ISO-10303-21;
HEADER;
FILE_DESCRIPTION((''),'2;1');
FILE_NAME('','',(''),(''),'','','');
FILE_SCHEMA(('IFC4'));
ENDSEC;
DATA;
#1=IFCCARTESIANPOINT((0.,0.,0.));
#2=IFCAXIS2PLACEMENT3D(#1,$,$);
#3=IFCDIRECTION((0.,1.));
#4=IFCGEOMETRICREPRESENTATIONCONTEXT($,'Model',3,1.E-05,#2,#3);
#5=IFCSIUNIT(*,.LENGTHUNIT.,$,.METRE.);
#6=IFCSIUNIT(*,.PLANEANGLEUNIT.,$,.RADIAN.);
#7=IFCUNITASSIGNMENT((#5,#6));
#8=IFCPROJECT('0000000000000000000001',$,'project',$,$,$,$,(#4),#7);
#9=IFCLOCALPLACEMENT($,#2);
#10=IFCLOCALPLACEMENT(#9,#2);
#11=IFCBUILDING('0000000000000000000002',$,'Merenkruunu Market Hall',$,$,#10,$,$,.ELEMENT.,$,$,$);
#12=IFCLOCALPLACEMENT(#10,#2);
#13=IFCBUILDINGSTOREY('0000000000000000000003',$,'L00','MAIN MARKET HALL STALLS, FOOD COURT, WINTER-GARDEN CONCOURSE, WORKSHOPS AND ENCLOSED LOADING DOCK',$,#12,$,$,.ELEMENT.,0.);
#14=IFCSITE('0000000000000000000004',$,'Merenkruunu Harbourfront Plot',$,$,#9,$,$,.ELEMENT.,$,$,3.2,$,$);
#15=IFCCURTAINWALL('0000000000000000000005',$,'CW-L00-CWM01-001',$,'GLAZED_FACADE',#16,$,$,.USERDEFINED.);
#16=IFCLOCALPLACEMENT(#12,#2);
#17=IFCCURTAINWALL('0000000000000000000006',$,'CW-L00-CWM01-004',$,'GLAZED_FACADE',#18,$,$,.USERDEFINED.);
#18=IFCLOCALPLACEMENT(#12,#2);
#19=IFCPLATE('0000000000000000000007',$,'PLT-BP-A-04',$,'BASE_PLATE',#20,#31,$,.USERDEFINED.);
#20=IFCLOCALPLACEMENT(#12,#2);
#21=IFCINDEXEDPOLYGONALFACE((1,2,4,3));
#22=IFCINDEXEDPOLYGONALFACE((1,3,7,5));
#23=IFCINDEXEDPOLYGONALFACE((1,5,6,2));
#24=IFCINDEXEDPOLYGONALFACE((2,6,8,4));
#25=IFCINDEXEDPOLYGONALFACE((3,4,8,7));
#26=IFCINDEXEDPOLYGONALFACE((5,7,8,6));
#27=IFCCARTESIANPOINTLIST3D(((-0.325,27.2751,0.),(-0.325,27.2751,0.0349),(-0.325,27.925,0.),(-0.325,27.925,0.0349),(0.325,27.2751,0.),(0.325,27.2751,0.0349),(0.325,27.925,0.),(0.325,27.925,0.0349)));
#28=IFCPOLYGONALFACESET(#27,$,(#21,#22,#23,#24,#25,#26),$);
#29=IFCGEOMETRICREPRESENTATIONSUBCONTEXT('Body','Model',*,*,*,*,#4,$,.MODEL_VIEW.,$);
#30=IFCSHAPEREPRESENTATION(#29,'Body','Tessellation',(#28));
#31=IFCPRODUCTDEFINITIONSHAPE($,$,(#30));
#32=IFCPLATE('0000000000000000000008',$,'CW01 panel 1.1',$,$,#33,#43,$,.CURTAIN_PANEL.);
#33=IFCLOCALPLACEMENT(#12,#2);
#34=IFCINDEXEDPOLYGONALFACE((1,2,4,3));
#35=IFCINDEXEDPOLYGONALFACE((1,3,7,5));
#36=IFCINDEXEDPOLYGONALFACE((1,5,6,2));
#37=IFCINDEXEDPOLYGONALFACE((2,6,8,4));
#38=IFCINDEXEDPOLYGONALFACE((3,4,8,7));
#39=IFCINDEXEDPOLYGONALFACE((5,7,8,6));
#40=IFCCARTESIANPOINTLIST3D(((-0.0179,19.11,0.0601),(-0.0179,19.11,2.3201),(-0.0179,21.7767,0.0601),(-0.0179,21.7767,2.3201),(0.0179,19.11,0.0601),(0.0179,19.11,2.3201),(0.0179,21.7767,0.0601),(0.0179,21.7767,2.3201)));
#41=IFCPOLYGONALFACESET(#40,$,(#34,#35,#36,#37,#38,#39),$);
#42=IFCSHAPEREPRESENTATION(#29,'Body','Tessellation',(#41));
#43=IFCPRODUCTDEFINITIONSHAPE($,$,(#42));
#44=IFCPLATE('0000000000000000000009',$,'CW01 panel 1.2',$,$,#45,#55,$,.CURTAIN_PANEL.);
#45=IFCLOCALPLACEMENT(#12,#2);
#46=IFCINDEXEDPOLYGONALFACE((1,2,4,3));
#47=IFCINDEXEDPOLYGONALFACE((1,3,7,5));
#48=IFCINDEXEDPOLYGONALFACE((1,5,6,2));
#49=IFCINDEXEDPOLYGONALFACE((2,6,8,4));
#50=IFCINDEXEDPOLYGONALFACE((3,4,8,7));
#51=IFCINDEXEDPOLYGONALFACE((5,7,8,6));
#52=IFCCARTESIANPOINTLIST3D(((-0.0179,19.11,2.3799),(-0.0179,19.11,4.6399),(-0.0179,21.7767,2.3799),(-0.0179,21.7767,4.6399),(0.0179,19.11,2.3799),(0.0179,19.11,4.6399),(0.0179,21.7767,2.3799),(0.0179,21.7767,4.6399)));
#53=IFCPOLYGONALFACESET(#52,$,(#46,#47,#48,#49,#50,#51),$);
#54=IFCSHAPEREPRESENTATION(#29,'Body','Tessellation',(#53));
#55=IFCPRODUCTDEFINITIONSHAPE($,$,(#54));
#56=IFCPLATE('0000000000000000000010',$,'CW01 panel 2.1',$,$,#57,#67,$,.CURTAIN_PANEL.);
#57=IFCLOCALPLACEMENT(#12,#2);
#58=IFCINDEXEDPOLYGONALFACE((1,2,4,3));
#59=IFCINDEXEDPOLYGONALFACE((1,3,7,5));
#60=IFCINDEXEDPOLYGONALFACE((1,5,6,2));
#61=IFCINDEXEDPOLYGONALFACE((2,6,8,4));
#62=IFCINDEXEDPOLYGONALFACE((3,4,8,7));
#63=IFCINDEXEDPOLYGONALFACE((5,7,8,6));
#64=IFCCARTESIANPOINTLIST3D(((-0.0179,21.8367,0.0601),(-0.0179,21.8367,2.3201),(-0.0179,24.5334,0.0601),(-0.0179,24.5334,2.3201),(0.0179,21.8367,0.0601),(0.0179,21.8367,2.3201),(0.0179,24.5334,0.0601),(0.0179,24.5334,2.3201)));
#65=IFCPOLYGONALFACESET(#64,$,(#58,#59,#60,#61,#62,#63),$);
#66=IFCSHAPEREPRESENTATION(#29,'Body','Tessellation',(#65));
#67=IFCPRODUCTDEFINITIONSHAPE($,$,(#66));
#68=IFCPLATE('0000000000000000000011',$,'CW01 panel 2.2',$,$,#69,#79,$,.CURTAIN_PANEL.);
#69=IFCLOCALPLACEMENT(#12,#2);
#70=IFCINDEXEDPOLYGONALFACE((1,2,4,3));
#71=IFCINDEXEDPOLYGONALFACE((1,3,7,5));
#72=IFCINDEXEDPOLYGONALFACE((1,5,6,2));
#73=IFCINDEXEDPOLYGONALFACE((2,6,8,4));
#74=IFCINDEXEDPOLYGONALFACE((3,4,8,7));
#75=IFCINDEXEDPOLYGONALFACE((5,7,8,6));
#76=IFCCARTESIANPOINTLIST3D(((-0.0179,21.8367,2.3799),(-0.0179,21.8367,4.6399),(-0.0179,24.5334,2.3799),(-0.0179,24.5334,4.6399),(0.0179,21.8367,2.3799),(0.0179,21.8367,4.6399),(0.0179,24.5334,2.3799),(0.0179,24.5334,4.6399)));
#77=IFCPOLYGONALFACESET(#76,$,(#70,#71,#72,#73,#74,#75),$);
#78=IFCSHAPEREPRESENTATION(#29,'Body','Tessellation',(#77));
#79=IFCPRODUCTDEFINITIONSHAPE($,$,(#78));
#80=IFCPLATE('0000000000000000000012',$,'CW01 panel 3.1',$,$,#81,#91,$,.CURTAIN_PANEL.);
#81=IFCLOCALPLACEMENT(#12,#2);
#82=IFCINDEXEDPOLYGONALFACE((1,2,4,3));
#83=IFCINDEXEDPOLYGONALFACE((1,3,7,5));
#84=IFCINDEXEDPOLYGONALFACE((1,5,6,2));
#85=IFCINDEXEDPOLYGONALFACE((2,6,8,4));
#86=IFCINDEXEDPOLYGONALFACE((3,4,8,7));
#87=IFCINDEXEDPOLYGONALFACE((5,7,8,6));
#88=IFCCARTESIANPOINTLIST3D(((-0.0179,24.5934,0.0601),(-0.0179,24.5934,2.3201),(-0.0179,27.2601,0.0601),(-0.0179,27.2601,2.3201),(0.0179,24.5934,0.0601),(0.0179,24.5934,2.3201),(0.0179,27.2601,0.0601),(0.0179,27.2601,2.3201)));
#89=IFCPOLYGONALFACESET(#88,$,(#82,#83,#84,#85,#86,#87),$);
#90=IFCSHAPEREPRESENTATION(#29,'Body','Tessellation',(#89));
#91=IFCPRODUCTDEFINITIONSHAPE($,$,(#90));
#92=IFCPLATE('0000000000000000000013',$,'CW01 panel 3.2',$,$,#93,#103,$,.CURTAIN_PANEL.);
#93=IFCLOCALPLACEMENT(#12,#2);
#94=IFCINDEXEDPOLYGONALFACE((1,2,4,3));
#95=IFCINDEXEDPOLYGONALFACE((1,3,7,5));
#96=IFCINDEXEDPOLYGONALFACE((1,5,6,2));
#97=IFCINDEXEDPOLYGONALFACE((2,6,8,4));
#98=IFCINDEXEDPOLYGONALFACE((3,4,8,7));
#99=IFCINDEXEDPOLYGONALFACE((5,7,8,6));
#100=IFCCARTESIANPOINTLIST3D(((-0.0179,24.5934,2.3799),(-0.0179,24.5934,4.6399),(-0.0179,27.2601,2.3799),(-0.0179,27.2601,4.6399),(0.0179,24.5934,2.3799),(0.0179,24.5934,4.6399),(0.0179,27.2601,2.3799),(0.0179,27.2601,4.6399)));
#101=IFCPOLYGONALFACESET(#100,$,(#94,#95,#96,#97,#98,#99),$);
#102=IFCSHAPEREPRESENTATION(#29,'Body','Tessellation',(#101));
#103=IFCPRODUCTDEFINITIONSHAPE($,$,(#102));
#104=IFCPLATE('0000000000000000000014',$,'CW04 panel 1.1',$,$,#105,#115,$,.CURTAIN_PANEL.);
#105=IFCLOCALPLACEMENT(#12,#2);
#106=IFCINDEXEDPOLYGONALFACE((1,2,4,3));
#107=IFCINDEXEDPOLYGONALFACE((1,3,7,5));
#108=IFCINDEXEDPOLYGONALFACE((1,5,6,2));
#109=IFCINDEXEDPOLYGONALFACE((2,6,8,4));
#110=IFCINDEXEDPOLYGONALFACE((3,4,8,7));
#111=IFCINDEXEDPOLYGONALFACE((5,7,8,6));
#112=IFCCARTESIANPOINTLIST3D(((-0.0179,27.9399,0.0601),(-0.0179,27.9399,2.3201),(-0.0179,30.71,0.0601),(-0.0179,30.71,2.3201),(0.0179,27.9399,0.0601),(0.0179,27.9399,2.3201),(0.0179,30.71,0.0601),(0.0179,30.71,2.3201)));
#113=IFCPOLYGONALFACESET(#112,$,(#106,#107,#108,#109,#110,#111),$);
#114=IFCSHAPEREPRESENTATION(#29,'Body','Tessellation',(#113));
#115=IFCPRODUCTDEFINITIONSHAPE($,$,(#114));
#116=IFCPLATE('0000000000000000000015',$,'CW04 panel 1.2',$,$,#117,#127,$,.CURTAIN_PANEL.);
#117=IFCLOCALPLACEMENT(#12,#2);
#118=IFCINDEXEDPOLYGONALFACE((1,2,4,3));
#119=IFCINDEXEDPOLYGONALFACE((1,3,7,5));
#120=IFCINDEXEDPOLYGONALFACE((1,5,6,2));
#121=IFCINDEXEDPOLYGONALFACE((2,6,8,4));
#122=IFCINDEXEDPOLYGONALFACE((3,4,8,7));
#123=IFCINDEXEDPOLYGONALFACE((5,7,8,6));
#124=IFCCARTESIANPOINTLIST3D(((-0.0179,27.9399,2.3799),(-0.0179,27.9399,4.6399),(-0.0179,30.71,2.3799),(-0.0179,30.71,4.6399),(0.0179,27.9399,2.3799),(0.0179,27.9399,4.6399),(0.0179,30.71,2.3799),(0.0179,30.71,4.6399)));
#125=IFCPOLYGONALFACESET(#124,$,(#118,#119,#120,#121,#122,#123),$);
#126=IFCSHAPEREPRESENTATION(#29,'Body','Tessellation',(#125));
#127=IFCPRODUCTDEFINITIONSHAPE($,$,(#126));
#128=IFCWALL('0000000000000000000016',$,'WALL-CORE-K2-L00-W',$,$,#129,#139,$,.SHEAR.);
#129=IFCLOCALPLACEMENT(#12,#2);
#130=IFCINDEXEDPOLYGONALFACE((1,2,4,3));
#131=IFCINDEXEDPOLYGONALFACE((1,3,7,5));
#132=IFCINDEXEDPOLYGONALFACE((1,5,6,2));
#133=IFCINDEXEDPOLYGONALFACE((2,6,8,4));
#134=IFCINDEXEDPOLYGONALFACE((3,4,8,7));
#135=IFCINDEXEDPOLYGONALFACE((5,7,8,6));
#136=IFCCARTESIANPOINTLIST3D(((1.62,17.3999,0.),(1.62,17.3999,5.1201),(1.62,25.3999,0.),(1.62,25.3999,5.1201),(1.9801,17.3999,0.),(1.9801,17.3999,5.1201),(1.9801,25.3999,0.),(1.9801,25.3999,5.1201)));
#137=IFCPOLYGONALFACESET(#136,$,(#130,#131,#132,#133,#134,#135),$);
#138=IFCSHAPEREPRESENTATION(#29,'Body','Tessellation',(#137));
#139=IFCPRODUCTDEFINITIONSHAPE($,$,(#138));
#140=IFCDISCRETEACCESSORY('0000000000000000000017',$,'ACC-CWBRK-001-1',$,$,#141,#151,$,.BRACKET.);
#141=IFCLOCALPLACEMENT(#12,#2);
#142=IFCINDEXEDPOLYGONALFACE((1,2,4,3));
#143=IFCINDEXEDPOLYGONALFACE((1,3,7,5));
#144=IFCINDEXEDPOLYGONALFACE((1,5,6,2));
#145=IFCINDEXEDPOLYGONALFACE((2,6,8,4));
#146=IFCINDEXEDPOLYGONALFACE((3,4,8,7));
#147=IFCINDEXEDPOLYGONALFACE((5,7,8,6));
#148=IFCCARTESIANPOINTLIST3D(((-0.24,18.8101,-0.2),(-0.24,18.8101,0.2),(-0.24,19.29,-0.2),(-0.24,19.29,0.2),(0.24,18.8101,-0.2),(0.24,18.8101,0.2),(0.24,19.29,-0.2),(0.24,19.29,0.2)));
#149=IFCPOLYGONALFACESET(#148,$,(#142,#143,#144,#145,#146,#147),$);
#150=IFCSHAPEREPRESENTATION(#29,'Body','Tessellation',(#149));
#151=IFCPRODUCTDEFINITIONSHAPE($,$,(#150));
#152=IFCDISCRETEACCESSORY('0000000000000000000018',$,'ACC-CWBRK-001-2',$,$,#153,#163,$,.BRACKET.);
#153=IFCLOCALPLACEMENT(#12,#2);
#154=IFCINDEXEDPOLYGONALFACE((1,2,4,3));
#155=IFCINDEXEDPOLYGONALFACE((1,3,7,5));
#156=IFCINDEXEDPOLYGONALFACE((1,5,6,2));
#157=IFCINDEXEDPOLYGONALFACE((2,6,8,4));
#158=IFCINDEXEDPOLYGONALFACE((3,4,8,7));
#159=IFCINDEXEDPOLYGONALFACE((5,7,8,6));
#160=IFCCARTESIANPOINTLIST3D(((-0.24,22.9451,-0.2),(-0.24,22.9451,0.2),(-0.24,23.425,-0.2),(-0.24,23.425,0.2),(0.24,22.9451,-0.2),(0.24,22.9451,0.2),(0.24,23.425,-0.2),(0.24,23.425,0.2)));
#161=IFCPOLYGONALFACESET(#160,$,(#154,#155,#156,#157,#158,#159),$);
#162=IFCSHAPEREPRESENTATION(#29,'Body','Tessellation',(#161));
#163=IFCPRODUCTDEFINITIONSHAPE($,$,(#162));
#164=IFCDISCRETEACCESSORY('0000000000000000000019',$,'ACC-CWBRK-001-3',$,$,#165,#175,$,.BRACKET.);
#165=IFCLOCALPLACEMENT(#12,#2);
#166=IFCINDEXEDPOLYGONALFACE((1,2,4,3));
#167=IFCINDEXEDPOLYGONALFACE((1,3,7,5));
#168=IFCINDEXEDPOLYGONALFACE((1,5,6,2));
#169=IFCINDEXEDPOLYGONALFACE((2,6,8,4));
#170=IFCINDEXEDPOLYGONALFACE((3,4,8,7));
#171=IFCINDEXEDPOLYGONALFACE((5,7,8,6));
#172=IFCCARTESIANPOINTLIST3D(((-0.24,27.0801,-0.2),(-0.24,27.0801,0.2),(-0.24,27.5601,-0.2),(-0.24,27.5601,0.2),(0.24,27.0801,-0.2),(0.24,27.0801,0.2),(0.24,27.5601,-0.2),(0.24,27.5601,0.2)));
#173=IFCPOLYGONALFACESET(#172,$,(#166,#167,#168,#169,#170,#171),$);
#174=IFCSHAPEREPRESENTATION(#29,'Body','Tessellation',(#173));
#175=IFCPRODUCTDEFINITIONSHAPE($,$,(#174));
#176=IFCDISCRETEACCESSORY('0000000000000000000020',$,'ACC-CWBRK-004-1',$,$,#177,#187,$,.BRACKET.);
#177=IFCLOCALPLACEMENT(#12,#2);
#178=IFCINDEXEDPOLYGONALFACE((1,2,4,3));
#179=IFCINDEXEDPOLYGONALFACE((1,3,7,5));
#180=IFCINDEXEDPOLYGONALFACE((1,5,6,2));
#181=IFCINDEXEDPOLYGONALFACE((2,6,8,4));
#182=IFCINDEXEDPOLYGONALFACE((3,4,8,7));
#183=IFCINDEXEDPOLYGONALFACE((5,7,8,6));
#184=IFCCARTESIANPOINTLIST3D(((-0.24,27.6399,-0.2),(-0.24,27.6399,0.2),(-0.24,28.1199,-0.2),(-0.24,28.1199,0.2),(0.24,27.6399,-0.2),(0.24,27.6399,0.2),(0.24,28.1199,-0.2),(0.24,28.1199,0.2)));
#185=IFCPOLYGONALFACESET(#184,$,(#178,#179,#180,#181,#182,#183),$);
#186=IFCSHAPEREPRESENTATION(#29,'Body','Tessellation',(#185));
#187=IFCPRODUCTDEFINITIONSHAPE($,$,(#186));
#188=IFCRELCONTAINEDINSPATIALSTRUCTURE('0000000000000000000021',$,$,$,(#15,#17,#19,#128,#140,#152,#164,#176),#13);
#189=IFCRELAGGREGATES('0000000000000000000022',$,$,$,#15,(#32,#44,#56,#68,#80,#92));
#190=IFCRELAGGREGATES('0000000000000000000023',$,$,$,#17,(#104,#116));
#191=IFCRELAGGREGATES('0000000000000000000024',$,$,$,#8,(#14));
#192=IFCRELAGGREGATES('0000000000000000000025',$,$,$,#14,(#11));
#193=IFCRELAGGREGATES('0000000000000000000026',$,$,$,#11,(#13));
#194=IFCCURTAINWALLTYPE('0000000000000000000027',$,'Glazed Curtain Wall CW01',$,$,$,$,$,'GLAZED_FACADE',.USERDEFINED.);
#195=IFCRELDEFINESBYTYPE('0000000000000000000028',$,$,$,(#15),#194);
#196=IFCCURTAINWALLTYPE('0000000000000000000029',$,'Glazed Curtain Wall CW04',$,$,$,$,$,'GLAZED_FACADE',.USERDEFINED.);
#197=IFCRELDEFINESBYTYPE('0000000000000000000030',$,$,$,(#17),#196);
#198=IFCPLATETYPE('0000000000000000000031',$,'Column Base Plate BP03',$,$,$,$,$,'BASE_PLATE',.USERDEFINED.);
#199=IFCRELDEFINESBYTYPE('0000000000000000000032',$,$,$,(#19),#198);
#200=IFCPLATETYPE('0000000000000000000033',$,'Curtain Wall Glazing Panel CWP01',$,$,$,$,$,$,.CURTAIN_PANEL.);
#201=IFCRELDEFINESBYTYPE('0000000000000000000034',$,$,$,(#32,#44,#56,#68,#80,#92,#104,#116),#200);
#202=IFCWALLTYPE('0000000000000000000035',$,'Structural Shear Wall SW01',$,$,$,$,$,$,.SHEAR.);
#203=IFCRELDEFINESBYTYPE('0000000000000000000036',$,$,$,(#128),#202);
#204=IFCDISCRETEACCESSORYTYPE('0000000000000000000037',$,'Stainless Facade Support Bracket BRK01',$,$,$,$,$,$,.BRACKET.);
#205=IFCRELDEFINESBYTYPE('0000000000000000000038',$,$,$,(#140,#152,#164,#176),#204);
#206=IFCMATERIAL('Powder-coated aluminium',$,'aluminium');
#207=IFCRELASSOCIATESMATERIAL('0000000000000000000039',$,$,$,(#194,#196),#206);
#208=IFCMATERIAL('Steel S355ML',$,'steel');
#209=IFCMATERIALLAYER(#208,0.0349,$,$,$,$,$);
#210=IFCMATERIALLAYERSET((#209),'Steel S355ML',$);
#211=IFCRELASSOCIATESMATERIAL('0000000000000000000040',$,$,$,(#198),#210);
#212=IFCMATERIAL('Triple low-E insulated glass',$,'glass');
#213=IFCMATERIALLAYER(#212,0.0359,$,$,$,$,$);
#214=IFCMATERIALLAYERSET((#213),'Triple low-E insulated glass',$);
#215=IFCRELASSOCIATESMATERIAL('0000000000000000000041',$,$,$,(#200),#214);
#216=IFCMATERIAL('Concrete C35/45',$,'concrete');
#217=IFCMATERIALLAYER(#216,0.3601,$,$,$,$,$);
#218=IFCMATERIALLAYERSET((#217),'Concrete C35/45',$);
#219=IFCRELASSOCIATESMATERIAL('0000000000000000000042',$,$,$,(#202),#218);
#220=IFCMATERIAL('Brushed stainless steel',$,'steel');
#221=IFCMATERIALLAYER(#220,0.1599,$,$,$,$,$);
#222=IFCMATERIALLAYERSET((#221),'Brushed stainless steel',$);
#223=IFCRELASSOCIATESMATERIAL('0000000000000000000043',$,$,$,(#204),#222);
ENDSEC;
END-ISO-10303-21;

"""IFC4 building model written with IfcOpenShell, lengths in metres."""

from ifc_helpers import new_model, si_unit, direction, frame, frame_2d, origin, origin_2d, place, context, subcontext, project, spatial, rectangle, extrude, material, layer, layer_set, type_object, element, aggregate, save


model = new_model("IFC4")

# Units and contexts
model_context = context("Model", 3, precision=1e-05, world=origin(), true_north=direction((0.0, 1.0)))
body_context = subcontext(model_context, "Body", "Model", "MODEL_VIEW")
ifc_project = project(units=[si_unit("LENGTHUNIT", "METRE"), si_unit("PLANEANGLEUNIT", "RADIAN")], contexts=[model_context])

# Site, building, storey
site_placement = place(None, origin())
site = spatial("IfcSite", under=ifc_project, at=site_placement, Name="Merenkruunu Harbourfront Plot", CompositionType="ELEMENT", RefElevation=3.2)
building_placement = place(site_placement, origin())
building = spatial("IfcBuilding", under=site, at=building_placement, Name="Merenkruunu Market Hall", CompositionType="ELEMENT")
storey_placement = place(building_placement, origin())
storey = spatial("IfcBuildingStorey", under=building, at=storey_placement, Name="L00", Description="MAIN MARKET HALL STALLS, FOOD COURT, WINTER-GARDEN CONCOURSE, WORKSHOPS AND ENCLOSED LOADING DOCK", CompositionType="ELEMENT", Elevation=0.0)

# Shared definitions
ifc_material_1 = material(Name="Steel S355ML", Category="steel")

# Curtain walls
ifc_material_2 = material(Name="Powder-coated aluminium", Category="aluminium")
curtain_wall_type_1 = type_object("IfcCurtainWallType", Name="Glazed Curtain Wall CW01", ElementType="GLAZED_FACADE", PredefinedType="USERDEFINED", material=ifc_material_2)
curtain_wall_1_placement = place(storey_placement, origin())
curtain_wall_1 = element("IfcCurtainWall", 1, at=curtain_wall_1_placement, inside=storey, type_object=curtain_wall_type_1, Name="CW-L00-CWM01-001", ObjectType="GLAZED_FACADE", PredefinedType="USERDEFINED")
curtain_wall_type_2 = type_object("IfcCurtainWallType", Name="Glazed Curtain Wall CW04", ElementType="GLAZED_FACADE", PredefinedType="USERDEFINED", material=ifc_material_2)
curtain_wall_2_placement = place(storey_placement, origin())
curtain_wall_2 = element("IfcCurtainWall", 2, at=curtain_wall_2_placement, inside=storey, type_object=curtain_wall_type_2, Name="CW-L00-CWM01-004", ObjectType="GLAZED_FACADE", PredefinedType="USERDEFINED")

# Plates
ifc_layer_1 = layer(ifc_material_1, 0.0349)
ifc_layer_set_1 = layer_set([ifc_layer_1], Name="Steel S355ML")
plate_type_1 = type_object("IfcPlateType", Name="Column Base Plate BP03", ElementType="BASE_PLATE", PredefinedType="USERDEFINED", material=ifc_layer_set_1)
plate_1_placement = place(storey_placement, frame((0.0, 27.6001, 0.0), z_axis=(0.0, 0.0, 1.0), x_axis=(1.0, 0.0, 0.0)))
element("IfcPlate", 3, at=plate_1_placement, inside=storey, type_object=plate_type_1, Name="PLT-BP-A-04", ObjectType="BASE_PLATE", PredefinedType="USERDEFINED", context=body_context, shape_type="SweptSolid", body=[
    extrude(rectangle(XDim=0.6499, YDim=0.6499, at=origin_2d()), origin(), (0.0, 0.0, 1.0), 0.0349),
])
ifc_material_3 = material(Name="Triple low-E insulated glass", Category="glass")
ifc_layer_2 = layer(ifc_material_3, 0.0359)
ifc_layer_set_2 = layer_set([ifc_layer_2], Name="Triple low-E insulated glass")
plate_type_2 = type_object("IfcPlateType", Name="Curtain Wall Glazing Panel CWP01", PredefinedType="CURTAIN_PANEL", material=ifc_layer_set_2)
plate_2_placement = place(storey_placement, frame((0.0, 20.4434, 0.0601), z_axis=(0.0, 0.0, 1.0), x_axis=(0.0, 1.0, 0.0)))
plate_2 = element("IfcPlate", 4, at=plate_2_placement, type_object=plate_type_2, Name="CW01 panel 1.1", PredefinedType="CURTAIN_PANEL", context=body_context, shape_type="SweptSolid", body=[
    extrude(rectangle(XDim=2.6667, YDim=0.0359, at=origin_2d()), origin(), (0.0, 0.0, 1.0), 2.26),
])
plate_3_placement = place(storey_placement, frame((0.0, 20.4434, 2.3799), z_axis=(0.0, 0.0, 1.0), x_axis=(0.0, 1.0, 0.0)))
plate_3 = element("IfcPlate", 5, at=plate_3_placement, type_object=plate_type_2, Name="CW01 panel 1.2", PredefinedType="CURTAIN_PANEL", context=body_context, shape_type="SweptSolid", body=[
    extrude(rectangle(XDim=2.6667, YDim=0.0359, at=origin_2d()), origin(), (0.0, 0.0, 1.0), 2.26),
])
plate_4_placement = place(storey_placement, frame((0.0, 23.1851, 0.0601), z_axis=(0.0, 0.0, 1.0), x_axis=(0.0, 1.0, 0.0)))
plate_4 = element("IfcPlate", 6, at=plate_4_placement, type_object=plate_type_2, Name="CW01 panel 2.1", PredefinedType="CURTAIN_PANEL", context=body_context, shape_type="SweptSolid", body=[
    extrude(rectangle(XDim=2.6968, YDim=0.0359, at=origin_2d()), origin(), (0.0, 0.0, 1.0), 2.26),
])
plate_5_placement = place(storey_placement, frame((0.0, 23.1851, 2.3799), z_axis=(0.0, 0.0, 1.0), x_axis=(0.0, 1.0, 0.0)))
plate_5 = element("IfcPlate", 7, at=plate_5_placement, type_object=plate_type_2, Name="CW01 panel 2.2", PredefinedType="CURTAIN_PANEL", context=body_context, shape_type="SweptSolid", body=[
    extrude(rectangle(XDim=2.6968, YDim=0.0359, at=origin_2d()), origin(), (0.0, 0.0, 1.0), 2.26),
])
plate_6_placement = place(storey_placement, frame((0.0, 25.9268, 0.0601), z_axis=(0.0, 0.0, 1.0), x_axis=(0.0, 1.0, 0.0)))
plate_6 = element("IfcPlate", 8, at=plate_6_placement, type_object=plate_type_2, Name="CW01 panel 3.1", PredefinedType="CURTAIN_PANEL", context=body_context, shape_type="SweptSolid", body=[
    extrude(rectangle(XDim=2.6667, YDim=0.0359, at=origin_2d()), origin(), (0.0, 0.0, 1.0), 2.26),
])
plate_7_placement = place(storey_placement, frame((0.0, 25.9268, 2.3799), z_axis=(0.0, 0.0, 1.0), x_axis=(0.0, 1.0, 0.0)))
plate_7 = element("IfcPlate", 9, at=plate_7_placement, type_object=plate_type_2, Name="CW01 panel 3.2", PredefinedType="CURTAIN_PANEL", context=body_context, shape_type="SweptSolid", body=[
    extrude(rectangle(XDim=2.6667, YDim=0.0359, at=origin_2d()), origin(), (0.0, 0.0, 1.0), 2.26),
])
aggregate(curtain_wall_1, [plate_2, plate_3, plate_4, plate_5, plate_6, plate_7])
plate_8_placement = place(storey_placement, frame((0.0, 29.325, 0.0601), z_axis=(0.0, 0.0, 1.0), x_axis=(0.0, 1.0, 0.0)))
plate_8 = element("IfcPlate", 10, at=plate_8_placement, type_object=plate_type_2, Name="CW04 panel 1.1", PredefinedType="CURTAIN_PANEL", context=body_context, shape_type="SweptSolid", body=[
    extrude(rectangle(XDim=2.77, YDim=0.0359, at=origin_2d()), origin(), (0.0, 0.0, 1.0), 2.26),
])
plate_9_placement = place(storey_placement, frame((0.0, 29.325, 2.3799), z_axis=(0.0, 0.0, 1.0), x_axis=(0.0, 1.0, 0.0)))
plate_9 = element("IfcPlate", 11, at=plate_9_placement, type_object=plate_type_2, Name="CW04 panel 1.2", PredefinedType="CURTAIN_PANEL", context=body_context, shape_type="SweptSolid", body=[
    extrude(rectangle(XDim=2.77, YDim=0.0359, at=origin_2d()), origin(), (0.0, 0.0, 1.0), 2.26),
])
aggregate(curtain_wall_2, [plate_8, plate_9])

# Wall
ifc_material_4 = material(Name="Concrete C35/45", Category="concrete")
ifc_layer_3 = layer(ifc_material_4, 0.3601)
ifc_layer_set_3 = layer_set([ifc_layer_3], Name="Concrete C35/45")
wall_type_1 = type_object("IfcWallType", Name="Structural Shear Wall SW01", PredefinedType="SHEAR", material=ifc_layer_set_3)
wall_1_placement = place(storey_placement, frame((1.8, 25.3999, 0.0), z_axis=(0.0, 0.0, 1.0), x_axis=(0.0, -1.0, 0.0)))
element("IfcWall", 12, at=wall_1_placement, inside=storey, type_object=wall_type_1, Name="WALL-CORE-K2-L00-W", PredefinedType="SHEAR", context=body_context, shape_type="SweptSolid", body=[
    extrude(rectangle(XDim=8.0, YDim=0.3601, at=frame_2d((4.0, 0.0))), origin(), (0.0, 0.0, 1.0), 5.1201),
])

# Discrete accessories
ifc_material_5 = material(Name="Brushed stainless steel", Category="steel")
ifc_layer_4 = layer(ifc_material_5, 0.1599)
ifc_layer_set_4 = layer_set([ifc_layer_4], Name="Brushed stainless steel")
discrete_accessory_type = type_object("IfcDiscreteAccessoryType", Name="Stainless Facade Support Bracket BRK01", PredefinedType="BRACKET", material=ifc_layer_set_4)
for number, where, z_axis, x_axis, name in (
    (13, (0.0, 19.05, -0.2), (0.0, 0.0, 1.0), (1.0, 0.0, 0.0), "ACC-CWBRK-001-1"),
    (14, (0.0, 23.1851, -0.2), (0.0, 0.0, 1.0), (1.0, 0.0, 0.0), "ACC-CWBRK-001-2"),
    (15, (0.0, 27.3201, -0.2), (0.0, 0.0, 1.0), (1.0, 0.0, 0.0), "ACC-CWBRK-001-3"),
    (16, (0.0, 27.8799, -0.2), (0.0, 0.0, 1.0), (1.0, 0.0, 0.0), "ACC-CWBRK-004-1"),
):
    element("IfcDiscreteAccessory", number, at=place(storey_placement, frame(where, z_axis=z_axis, x_axis=x_axis)), inside=storey, type_object=discrete_accessory_type, Name=name, PredefinedType="BRACKET", context=body_context, shape_type="SweptSolid", body=[
        extrude(rectangle(XDim=0.48, YDim=0.48, at=origin_2d()), origin(), (0.0, 0.0, 1.0), 0.3999),
    ])

save(model, "model.ifc")
